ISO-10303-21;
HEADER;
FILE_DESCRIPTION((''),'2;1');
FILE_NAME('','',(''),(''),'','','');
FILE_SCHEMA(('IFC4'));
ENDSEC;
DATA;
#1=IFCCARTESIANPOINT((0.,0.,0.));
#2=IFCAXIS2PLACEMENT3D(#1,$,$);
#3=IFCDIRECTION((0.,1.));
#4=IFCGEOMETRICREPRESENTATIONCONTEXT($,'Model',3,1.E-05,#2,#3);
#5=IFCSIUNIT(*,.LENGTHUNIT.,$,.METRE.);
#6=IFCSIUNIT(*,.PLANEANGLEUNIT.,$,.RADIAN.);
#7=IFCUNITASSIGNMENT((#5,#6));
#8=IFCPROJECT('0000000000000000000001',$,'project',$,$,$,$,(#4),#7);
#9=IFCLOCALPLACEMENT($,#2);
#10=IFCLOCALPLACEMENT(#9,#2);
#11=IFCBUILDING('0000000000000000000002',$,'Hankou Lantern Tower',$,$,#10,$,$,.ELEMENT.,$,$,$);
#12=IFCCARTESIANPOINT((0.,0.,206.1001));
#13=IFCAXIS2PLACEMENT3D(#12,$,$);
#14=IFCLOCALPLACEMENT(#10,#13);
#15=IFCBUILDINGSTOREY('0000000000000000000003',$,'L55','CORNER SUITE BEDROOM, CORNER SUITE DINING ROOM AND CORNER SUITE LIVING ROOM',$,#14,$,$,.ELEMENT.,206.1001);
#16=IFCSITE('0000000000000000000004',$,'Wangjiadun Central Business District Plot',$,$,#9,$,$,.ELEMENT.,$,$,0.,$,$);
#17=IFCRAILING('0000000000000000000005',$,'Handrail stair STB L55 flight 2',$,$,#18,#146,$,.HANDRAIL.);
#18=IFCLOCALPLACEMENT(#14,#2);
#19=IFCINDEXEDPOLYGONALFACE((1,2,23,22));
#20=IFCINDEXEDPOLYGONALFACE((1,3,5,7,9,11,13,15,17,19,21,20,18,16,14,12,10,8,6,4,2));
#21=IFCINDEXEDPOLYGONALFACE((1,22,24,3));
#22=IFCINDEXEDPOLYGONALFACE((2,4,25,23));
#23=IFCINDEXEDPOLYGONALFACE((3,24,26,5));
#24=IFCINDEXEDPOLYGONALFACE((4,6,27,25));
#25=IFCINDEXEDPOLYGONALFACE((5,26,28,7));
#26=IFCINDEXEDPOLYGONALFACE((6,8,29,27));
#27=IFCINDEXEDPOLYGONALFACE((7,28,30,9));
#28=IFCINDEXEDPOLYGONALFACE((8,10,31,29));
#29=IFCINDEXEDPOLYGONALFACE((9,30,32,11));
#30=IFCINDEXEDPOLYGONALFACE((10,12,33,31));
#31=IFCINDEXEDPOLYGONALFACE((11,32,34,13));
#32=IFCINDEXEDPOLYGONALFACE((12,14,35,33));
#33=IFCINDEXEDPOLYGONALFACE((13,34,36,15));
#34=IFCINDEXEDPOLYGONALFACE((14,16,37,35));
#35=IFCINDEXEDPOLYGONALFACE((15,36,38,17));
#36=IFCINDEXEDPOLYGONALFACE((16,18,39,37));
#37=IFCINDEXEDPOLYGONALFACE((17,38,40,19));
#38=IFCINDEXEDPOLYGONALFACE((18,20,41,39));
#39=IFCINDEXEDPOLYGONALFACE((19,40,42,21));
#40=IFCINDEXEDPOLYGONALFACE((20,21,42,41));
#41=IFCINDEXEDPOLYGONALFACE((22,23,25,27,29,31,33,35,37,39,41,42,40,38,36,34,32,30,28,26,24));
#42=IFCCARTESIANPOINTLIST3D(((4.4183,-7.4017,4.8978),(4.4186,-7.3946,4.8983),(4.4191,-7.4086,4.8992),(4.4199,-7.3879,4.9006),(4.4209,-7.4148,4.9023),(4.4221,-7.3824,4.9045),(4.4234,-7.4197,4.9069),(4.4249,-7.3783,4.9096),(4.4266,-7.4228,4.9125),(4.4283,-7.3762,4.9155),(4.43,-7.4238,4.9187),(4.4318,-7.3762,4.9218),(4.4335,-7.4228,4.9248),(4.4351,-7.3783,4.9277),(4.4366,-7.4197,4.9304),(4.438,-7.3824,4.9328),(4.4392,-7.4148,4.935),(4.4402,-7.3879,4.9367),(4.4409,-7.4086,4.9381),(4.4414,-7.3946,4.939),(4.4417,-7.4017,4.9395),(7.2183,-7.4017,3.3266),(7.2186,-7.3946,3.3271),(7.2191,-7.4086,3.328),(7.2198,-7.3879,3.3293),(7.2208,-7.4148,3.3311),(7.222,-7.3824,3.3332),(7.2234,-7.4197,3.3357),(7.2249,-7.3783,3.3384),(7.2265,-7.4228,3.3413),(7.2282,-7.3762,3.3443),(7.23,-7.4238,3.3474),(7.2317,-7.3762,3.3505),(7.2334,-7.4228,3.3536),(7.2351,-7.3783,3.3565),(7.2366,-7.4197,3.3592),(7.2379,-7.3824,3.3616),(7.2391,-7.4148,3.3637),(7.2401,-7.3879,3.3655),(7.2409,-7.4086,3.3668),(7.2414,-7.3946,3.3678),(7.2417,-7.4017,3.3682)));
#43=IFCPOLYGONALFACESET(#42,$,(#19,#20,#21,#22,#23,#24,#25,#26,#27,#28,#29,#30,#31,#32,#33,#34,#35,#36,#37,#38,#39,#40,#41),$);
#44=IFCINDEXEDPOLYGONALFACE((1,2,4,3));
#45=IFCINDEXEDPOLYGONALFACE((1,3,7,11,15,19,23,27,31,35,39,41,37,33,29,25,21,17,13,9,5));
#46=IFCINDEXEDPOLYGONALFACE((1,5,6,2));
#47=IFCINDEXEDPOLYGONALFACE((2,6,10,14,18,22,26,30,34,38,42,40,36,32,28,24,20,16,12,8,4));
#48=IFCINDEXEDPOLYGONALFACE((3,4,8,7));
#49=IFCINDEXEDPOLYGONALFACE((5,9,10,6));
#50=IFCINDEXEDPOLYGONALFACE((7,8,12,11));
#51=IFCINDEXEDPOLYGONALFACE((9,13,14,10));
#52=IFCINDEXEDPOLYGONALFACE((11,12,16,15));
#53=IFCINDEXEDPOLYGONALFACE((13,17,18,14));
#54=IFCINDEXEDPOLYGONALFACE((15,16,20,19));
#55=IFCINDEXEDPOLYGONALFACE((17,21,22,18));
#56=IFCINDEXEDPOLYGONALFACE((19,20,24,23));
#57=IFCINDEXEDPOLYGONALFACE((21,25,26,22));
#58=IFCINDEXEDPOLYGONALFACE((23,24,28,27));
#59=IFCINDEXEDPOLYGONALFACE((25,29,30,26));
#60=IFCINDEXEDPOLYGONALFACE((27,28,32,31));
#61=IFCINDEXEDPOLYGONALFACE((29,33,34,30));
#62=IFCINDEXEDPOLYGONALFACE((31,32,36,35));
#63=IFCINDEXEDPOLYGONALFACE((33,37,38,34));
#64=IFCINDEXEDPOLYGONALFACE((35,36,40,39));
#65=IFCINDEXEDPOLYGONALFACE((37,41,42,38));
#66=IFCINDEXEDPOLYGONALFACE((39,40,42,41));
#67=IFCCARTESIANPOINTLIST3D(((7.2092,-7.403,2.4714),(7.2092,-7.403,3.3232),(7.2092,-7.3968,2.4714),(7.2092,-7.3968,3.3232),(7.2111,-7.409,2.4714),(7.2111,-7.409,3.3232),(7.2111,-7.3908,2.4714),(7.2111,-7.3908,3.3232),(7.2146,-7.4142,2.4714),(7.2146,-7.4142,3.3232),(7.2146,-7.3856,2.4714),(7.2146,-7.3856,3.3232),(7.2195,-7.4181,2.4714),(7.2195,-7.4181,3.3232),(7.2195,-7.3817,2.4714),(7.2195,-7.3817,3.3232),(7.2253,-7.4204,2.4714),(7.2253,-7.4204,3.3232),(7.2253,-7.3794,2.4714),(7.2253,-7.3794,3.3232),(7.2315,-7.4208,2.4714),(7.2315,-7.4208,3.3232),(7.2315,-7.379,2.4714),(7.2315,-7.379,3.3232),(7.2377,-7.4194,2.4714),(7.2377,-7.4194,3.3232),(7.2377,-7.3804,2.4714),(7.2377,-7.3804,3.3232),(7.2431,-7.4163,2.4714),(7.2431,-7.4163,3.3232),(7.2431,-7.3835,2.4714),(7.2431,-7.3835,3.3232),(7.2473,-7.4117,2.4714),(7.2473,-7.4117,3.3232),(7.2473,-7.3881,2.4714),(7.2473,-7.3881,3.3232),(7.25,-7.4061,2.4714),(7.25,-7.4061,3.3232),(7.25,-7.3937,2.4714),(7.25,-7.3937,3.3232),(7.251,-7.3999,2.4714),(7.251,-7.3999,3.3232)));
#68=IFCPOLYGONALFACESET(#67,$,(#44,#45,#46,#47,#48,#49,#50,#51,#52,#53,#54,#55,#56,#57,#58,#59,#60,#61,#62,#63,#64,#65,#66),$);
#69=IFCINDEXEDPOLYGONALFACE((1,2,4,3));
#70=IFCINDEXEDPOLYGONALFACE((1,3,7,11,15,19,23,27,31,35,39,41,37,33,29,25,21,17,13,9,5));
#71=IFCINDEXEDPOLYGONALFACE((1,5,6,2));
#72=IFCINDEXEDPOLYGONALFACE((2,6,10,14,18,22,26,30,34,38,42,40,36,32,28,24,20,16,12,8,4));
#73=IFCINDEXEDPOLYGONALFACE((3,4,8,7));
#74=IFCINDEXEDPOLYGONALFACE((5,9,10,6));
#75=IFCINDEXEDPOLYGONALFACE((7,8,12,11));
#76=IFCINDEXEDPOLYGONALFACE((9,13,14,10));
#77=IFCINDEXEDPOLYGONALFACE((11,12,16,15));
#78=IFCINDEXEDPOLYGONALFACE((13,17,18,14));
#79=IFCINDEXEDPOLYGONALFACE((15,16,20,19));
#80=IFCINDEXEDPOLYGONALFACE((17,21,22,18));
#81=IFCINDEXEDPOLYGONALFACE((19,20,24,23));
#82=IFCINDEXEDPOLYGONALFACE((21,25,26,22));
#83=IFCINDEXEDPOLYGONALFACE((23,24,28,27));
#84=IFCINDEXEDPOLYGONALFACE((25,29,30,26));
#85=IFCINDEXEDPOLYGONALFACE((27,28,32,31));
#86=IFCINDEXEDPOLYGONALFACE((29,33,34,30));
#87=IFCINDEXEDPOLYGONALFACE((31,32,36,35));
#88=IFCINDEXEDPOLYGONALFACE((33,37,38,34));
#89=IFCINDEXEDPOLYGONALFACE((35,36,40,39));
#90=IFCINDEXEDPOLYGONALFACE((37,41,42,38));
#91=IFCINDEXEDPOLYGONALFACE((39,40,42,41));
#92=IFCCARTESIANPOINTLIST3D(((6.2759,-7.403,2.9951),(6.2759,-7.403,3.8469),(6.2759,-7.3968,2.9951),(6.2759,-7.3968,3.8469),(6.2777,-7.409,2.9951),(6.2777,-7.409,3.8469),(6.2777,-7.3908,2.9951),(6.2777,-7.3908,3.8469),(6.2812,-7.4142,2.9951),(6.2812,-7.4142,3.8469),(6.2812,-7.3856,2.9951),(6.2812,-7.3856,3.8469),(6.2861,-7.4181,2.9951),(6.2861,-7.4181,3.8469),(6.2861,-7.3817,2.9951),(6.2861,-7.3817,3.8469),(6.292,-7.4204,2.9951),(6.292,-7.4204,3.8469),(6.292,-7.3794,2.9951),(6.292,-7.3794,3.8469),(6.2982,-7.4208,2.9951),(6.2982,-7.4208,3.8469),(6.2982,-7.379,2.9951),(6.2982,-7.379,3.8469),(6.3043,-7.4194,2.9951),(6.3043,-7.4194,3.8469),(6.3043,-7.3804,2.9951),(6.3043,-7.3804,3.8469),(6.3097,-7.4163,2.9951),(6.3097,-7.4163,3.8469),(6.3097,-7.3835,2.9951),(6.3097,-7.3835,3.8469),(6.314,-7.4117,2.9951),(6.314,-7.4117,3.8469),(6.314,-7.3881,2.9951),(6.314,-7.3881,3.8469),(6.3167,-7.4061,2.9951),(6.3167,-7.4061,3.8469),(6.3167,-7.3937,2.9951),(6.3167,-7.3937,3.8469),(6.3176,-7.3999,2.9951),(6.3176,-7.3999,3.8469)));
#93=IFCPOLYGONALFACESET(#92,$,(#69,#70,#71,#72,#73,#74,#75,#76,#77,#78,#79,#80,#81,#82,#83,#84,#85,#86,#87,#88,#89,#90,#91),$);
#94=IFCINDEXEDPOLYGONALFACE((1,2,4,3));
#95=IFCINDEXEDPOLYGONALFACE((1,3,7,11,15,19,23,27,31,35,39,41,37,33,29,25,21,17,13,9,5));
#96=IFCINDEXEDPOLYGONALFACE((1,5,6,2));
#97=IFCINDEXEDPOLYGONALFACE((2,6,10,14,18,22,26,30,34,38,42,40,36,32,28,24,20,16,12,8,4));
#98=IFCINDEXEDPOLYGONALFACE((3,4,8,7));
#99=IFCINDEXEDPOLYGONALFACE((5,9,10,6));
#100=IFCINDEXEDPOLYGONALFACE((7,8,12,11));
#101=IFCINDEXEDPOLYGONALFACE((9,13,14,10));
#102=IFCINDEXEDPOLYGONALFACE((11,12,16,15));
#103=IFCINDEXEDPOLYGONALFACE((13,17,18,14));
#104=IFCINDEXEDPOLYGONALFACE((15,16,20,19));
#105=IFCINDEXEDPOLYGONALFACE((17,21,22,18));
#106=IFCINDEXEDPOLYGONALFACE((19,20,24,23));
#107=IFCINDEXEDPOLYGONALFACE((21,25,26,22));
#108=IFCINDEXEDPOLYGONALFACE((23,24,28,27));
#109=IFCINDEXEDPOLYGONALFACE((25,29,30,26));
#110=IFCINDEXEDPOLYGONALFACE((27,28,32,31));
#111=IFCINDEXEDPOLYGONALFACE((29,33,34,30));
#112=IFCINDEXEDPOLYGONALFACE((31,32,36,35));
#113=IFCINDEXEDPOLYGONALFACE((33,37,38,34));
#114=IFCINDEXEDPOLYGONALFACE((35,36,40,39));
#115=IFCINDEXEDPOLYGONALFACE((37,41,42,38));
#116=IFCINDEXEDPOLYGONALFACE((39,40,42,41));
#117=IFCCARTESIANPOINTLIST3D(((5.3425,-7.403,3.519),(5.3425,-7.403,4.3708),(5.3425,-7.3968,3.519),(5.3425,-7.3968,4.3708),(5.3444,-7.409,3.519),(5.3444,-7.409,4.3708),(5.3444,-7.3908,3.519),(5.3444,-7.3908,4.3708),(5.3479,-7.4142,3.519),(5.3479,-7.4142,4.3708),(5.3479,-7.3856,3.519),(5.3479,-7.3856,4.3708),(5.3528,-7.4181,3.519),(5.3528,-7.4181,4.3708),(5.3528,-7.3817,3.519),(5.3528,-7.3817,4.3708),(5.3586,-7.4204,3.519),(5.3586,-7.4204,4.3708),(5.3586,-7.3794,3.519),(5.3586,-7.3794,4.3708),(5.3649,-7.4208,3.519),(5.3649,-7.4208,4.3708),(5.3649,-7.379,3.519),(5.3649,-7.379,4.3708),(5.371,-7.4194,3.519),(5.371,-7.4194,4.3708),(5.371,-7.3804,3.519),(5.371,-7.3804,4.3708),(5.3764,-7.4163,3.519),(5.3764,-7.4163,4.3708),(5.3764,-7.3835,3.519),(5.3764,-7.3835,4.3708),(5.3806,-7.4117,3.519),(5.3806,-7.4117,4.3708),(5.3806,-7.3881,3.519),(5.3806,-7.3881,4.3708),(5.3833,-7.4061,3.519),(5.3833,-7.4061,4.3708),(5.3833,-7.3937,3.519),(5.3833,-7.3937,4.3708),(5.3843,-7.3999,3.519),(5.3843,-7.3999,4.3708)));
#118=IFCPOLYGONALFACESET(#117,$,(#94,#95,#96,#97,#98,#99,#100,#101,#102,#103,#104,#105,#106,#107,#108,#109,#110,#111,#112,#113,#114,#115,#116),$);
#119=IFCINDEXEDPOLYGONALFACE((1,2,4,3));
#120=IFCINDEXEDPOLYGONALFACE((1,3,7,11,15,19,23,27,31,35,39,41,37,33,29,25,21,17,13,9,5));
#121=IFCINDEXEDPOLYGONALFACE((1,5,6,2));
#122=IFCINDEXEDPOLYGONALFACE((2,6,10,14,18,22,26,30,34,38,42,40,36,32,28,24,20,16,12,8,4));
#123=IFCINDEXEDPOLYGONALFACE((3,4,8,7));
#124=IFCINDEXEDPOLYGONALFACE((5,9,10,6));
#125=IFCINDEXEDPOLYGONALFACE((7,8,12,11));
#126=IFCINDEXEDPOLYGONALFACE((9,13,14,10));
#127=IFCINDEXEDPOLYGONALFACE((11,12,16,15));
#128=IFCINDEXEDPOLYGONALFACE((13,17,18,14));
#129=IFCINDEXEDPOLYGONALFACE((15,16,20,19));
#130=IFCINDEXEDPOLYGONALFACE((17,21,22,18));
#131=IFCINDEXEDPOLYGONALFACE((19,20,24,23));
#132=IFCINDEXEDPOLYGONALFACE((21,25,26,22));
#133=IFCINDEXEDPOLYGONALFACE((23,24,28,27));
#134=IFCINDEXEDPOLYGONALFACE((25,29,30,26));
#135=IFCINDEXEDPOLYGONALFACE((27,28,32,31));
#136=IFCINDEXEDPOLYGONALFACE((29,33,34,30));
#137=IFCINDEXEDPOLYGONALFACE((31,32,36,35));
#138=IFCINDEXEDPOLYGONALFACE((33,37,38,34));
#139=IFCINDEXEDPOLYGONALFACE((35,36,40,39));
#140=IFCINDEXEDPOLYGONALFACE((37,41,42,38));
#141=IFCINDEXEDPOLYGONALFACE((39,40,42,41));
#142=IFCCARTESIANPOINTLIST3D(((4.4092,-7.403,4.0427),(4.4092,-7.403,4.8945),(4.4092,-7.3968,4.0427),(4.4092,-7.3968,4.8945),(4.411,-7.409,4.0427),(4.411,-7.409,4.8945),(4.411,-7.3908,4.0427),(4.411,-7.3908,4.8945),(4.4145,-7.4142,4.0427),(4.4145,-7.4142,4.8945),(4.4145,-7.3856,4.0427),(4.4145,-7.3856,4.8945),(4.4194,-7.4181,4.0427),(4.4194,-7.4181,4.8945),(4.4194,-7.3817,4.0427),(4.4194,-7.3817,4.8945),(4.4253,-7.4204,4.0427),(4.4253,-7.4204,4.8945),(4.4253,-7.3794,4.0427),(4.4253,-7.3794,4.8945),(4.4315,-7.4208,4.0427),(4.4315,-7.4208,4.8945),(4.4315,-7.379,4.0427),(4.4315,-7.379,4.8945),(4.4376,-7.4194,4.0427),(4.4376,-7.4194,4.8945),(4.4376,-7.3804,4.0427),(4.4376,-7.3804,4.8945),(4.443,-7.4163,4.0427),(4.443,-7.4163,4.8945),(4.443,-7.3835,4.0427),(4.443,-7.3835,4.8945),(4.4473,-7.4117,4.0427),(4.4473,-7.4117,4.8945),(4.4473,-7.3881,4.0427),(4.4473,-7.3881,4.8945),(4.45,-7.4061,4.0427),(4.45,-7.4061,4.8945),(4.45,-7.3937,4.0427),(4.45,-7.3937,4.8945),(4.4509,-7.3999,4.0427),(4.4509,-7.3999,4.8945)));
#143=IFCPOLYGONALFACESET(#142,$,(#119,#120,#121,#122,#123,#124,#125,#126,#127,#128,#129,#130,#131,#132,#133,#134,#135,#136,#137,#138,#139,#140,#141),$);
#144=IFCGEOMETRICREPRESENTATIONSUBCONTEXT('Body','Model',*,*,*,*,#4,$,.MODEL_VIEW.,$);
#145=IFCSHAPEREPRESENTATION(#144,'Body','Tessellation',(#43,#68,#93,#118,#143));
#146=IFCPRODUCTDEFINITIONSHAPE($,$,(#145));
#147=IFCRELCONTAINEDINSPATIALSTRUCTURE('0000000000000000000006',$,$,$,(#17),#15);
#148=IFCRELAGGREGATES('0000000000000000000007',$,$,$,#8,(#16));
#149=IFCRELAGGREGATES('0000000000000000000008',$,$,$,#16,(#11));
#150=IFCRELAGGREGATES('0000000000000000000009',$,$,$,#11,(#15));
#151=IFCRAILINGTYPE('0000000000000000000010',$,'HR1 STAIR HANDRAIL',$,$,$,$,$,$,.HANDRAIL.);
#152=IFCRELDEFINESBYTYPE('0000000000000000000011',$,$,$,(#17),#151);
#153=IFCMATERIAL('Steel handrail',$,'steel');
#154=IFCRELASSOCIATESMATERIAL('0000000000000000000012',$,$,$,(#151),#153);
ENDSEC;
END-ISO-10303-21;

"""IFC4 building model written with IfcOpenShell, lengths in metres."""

from ifc_helpers import new_model, si_unit, direction, frame, origin, origin_2d, place, context, subcontext, project, spatial, circle, extrude, material, type_object, element, save


model = new_model("IFC4")

# Units and contexts
model_context = context("Model", 3, precision=1e-05, world=origin(), true_north=direction((0.0, 1.0)))
body_context = subcontext(model_context, "Body", "Model", "MODEL_VIEW")
ifc_project = project(units=[si_unit("LENGTHUNIT", "METRE"), si_unit("PLANEANGLEUNIT", "RADIAN")], contexts=[model_context])

# Site, building, storey
site_placement = place(None, origin())
site = spatial("IfcSite", under=ifc_project, at=site_placement, Name="Wangjiadun Central Business District Plot", CompositionType="ELEMENT", RefElevation=0.0)
building_placement = place(site_placement, origin())
building = spatial("IfcBuilding", under=site, at=building_placement, Name="Hankou Lantern Tower", CompositionType="ELEMENT")
storey_placement = place(building_placement, frame((0.0, 0.0, 206.1001)))
storey = spatial("IfcBuildingStorey", under=building, at=storey_placement, Name="L55", Description="CORNER SUITE BEDROOM, CORNER SUITE DINING ROOM AND CORNER SUITE LIVING ROOM", CompositionType="ELEMENT", Elevation=206.1001)

# Railing
ifc_material_1 = material(Name="Steel handrail", Category="steel")
railing_type = type_object("IfcRailingType", Name="HR1 STAIR HANDRAIL", PredefinedType="HANDRAIL", material=ifc_material_1)
railing_1_placement = place(storey_placement, frame((7.23, -7.3999, 2.4714)))
element("IfcRailing", 1, at=railing_1_placement, inside=storey, type_object=railing_type, Name="Handrail stair STB L55 flight 2", PredefinedType="HANDRAIL", context=body_context, shape_type="SweptSolid", body=[
    extrude(circle(Radius=0.0239, at=origin_2d()), frame((0.0, 0.0, 0.876), z_axis=(-0.872073, 0.0, 0.489377), x_axis=(0.0, -1.0, 0.0)), (0.0, 0.0, 1.0), 3.2107),
    extrude(circle(Radius=0.021, at=origin_2d()), origin(), (0.0, 0.0, 1.0), 0.8518),
    extrude(circle(Radius=0.021, at=origin_2d()), frame((-0.9333, 0.0, 0.5237)), (0.0, 0.0, 1.0), 0.8518),
    extrude(circle(Radius=0.021, at=origin_2d()), frame((-1.8667, 0.0, 1.0476)), (0.0, 0.0, 1.0), 0.8518),
    extrude(circle(Radius=0.021, at=origin_2d()), frame((-2.8, 0.0, 1.5713)), (0.0, 0.0, 1.0), 0.8518),
])

save(model, "model.ifc")
